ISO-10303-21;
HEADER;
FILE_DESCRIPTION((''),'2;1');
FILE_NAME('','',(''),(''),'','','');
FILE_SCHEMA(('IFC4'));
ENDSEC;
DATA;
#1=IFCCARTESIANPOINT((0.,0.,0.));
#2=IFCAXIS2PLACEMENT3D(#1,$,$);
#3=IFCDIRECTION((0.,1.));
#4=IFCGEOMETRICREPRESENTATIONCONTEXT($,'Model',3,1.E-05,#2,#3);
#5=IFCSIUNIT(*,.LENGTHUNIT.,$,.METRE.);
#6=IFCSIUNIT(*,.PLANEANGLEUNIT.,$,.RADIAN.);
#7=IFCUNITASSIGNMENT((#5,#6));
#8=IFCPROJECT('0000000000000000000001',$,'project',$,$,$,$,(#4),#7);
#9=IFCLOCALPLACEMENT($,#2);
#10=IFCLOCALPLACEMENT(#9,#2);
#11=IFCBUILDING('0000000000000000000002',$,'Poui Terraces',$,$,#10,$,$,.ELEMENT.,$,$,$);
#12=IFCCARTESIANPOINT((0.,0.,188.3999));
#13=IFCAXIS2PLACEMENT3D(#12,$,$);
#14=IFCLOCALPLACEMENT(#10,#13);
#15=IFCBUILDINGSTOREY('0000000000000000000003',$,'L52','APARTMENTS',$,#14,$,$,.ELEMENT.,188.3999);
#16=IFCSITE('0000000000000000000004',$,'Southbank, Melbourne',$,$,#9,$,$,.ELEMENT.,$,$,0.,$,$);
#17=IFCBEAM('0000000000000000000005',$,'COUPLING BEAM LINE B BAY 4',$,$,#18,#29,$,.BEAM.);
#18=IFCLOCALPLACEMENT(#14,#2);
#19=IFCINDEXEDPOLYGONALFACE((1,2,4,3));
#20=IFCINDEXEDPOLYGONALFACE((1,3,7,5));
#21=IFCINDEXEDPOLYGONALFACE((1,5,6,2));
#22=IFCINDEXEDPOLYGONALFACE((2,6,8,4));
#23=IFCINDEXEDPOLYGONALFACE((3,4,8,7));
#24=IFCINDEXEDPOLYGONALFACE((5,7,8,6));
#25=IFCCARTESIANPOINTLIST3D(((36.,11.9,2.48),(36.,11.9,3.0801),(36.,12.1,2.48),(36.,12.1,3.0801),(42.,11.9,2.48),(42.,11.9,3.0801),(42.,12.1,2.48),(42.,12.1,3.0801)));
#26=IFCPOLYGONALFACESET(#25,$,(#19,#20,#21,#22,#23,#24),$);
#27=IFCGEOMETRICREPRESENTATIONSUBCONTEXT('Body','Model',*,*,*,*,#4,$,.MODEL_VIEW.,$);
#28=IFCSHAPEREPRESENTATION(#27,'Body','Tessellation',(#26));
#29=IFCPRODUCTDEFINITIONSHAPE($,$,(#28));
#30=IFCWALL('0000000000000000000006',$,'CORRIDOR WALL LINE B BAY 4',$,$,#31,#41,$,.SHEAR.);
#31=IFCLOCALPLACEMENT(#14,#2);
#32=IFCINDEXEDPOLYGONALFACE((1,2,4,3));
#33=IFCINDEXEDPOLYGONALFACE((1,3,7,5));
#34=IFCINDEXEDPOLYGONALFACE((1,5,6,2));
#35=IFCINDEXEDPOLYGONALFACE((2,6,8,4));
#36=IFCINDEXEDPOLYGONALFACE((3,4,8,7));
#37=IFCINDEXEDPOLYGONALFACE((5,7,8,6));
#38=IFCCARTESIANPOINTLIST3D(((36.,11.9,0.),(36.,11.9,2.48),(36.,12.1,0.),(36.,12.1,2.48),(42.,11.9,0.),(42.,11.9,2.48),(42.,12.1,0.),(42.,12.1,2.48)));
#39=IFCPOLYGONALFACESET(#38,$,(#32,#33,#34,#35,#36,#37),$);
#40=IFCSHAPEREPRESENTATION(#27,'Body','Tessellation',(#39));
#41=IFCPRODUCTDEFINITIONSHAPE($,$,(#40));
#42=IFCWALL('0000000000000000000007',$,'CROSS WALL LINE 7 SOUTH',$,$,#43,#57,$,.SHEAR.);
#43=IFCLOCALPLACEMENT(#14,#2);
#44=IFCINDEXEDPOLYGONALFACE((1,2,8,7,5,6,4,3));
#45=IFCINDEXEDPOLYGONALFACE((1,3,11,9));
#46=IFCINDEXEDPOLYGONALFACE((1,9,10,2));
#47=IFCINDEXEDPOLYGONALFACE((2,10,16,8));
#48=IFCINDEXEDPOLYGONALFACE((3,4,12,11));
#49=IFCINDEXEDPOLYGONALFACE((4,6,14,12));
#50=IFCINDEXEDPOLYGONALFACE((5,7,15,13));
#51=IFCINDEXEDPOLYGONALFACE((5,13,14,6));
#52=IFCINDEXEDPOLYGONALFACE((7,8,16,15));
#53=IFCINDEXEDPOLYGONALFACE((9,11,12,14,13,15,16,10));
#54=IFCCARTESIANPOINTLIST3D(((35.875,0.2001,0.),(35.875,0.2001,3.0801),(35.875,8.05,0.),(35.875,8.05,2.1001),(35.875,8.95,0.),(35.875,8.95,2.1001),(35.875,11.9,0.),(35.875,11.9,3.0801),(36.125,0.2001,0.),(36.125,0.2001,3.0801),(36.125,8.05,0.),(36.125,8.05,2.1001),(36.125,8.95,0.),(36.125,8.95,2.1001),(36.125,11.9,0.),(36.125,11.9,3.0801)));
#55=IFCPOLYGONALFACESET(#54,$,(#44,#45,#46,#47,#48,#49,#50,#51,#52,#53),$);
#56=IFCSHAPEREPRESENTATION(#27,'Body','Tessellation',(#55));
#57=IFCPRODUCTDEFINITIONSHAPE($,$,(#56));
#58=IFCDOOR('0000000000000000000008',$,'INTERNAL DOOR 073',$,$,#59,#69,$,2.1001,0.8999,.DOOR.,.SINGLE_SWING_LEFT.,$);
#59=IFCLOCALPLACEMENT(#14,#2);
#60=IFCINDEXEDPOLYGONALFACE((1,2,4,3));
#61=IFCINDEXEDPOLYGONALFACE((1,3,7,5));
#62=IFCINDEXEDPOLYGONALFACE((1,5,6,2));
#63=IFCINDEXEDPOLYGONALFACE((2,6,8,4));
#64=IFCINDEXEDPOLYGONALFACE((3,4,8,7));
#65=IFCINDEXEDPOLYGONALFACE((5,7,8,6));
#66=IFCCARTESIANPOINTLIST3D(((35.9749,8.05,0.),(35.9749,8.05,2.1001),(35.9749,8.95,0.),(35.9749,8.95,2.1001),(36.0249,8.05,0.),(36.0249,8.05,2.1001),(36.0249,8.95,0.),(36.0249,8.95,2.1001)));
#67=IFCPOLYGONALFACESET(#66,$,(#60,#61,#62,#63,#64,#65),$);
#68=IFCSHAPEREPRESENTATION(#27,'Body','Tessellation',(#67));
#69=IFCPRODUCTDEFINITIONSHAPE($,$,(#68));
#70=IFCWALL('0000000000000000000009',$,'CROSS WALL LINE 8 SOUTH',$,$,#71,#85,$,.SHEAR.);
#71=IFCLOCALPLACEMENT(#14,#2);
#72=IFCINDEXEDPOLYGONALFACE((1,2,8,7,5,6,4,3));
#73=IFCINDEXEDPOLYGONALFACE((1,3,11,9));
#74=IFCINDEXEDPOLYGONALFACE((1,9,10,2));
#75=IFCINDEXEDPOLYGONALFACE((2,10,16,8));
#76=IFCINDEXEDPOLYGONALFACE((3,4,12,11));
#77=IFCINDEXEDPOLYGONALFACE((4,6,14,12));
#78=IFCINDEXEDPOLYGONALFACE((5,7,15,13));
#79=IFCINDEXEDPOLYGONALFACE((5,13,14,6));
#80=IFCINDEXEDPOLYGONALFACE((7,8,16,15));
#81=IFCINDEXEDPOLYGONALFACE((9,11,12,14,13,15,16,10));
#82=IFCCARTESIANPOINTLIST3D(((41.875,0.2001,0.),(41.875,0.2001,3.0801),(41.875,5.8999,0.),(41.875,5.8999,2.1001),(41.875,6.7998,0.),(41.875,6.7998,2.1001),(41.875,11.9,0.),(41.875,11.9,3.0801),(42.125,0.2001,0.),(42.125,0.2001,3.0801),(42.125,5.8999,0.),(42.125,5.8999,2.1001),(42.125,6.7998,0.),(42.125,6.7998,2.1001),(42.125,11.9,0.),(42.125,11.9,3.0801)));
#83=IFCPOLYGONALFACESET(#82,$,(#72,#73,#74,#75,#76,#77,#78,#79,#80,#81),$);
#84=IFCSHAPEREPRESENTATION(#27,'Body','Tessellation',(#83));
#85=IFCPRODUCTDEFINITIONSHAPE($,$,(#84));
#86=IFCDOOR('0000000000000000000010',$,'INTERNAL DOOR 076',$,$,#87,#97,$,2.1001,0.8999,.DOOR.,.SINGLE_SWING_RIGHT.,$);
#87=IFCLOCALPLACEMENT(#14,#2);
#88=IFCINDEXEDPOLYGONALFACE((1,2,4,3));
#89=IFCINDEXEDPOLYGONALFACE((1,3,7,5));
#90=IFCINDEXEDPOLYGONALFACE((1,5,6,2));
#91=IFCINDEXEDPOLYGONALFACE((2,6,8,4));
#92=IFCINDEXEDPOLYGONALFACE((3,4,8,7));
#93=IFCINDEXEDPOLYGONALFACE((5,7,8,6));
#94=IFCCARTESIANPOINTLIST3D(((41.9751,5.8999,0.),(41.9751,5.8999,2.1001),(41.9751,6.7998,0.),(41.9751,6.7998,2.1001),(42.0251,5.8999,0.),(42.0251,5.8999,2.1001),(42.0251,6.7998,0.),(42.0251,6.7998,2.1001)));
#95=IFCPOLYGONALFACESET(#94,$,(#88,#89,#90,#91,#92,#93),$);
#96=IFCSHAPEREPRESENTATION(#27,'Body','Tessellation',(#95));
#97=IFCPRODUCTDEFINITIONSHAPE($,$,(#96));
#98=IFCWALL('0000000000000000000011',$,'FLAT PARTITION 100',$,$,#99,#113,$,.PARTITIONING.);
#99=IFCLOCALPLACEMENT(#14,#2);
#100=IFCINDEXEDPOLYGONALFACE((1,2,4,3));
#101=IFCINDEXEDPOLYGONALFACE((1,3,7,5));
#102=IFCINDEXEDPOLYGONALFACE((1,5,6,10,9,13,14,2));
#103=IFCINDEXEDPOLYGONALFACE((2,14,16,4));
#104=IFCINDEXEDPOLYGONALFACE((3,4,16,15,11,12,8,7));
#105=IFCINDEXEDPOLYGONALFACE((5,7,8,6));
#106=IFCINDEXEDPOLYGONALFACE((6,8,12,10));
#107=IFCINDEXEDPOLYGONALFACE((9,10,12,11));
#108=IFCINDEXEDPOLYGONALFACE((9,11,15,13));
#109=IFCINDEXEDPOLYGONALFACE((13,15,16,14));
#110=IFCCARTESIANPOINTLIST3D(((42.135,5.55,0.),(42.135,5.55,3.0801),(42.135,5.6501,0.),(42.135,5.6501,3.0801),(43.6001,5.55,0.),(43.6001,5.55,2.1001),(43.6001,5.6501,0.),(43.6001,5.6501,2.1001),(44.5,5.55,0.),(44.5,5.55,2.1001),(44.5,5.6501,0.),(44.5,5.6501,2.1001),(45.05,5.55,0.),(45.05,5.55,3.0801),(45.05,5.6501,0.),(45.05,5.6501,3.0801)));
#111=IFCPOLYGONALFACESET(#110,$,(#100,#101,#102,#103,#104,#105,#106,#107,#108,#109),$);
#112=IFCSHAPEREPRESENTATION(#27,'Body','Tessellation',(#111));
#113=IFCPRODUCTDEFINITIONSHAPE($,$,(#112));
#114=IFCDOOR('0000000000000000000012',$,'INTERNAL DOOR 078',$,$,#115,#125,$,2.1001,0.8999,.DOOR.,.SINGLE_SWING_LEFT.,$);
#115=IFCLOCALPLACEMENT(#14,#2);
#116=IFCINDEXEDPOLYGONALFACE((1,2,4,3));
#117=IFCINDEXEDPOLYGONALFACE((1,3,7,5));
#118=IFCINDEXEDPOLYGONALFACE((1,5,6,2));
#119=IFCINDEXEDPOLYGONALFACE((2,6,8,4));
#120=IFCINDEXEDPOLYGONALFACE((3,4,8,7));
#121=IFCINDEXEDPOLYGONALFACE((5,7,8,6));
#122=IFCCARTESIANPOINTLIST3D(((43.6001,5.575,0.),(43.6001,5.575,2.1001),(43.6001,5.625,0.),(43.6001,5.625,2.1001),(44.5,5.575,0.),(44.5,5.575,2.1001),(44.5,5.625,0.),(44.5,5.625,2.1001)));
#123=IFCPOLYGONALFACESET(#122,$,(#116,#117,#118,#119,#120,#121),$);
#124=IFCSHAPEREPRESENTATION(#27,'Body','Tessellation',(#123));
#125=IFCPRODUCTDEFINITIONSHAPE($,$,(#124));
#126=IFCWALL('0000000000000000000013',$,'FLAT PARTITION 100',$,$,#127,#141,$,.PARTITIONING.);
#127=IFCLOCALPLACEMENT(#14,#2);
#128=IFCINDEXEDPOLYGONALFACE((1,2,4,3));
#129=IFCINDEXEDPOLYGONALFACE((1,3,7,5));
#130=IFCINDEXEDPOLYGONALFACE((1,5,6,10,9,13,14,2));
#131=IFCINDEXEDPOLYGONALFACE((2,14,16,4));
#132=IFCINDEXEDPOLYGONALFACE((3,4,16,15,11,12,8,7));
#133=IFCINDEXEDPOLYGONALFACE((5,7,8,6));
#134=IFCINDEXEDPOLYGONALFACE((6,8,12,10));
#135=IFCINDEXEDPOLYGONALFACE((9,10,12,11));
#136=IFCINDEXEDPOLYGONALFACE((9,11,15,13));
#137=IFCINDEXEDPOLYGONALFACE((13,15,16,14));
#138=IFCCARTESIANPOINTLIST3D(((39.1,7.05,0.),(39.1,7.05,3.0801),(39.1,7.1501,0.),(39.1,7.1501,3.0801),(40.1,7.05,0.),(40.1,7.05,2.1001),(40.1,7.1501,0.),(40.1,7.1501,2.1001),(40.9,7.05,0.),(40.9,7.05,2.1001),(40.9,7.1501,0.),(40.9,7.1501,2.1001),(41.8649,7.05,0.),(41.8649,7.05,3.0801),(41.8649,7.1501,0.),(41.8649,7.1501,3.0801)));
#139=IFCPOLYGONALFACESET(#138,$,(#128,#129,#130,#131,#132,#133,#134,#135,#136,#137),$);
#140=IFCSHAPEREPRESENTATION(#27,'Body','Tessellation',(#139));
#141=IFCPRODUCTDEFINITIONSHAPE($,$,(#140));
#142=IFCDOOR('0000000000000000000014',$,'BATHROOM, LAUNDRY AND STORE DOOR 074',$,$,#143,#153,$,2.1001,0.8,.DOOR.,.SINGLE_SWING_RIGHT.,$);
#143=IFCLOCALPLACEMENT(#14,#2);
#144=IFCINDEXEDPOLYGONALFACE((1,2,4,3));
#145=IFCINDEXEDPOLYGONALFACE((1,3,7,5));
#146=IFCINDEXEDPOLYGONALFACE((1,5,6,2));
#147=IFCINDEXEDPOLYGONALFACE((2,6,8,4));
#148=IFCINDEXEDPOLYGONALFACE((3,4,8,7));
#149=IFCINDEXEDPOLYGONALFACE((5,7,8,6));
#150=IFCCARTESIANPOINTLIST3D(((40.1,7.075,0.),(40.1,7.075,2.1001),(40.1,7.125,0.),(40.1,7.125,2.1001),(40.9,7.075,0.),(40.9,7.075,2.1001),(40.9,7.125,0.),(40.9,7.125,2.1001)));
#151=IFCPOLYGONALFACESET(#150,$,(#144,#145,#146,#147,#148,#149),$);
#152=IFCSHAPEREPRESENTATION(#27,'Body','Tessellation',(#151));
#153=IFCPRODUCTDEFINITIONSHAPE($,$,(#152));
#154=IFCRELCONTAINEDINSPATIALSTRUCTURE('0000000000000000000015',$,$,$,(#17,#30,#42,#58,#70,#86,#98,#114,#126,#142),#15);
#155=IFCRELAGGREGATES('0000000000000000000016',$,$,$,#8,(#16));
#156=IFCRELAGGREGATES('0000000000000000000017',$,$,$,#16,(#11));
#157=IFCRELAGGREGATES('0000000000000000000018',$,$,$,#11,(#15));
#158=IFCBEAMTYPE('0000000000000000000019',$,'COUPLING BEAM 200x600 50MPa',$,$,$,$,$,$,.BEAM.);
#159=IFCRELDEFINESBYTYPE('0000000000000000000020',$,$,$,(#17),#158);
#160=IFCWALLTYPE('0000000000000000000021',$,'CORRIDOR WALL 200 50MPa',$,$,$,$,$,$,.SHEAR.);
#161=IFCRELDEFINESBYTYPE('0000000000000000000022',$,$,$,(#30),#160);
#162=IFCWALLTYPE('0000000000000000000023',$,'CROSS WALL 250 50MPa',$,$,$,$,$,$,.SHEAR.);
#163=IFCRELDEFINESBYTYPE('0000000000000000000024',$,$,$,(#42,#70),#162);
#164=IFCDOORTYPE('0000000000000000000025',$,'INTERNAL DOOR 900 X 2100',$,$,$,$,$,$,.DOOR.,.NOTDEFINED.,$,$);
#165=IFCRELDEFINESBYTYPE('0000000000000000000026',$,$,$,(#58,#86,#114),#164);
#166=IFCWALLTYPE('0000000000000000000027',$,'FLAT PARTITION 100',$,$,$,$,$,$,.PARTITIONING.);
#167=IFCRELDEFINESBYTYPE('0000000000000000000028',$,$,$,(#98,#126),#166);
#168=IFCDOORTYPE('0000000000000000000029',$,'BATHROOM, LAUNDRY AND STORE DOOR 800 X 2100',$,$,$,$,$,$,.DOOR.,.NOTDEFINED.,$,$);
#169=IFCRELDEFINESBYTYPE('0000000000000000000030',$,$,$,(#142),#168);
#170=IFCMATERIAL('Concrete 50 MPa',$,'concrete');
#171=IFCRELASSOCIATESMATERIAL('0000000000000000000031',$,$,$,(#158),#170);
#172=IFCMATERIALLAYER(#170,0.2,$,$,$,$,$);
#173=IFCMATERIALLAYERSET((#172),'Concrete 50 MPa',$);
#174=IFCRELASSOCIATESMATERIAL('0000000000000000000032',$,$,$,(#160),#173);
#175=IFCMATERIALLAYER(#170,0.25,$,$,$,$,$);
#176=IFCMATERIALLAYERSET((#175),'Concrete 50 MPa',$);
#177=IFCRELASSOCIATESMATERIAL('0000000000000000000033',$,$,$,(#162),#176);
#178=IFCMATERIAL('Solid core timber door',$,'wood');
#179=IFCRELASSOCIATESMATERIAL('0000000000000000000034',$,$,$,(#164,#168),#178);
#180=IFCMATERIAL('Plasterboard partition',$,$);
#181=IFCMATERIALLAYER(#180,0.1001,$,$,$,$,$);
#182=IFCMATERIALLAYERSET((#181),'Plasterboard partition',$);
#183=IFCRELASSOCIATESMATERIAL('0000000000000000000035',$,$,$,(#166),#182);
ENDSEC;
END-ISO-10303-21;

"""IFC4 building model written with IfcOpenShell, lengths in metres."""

from ifc_helpers import new_model, si_unit, direction, frame, frame_2d, origin, origin_2d, place, context, subcontext, project, spatial, rectangle, extrude, source, transform, mapped, material, layer, layer_set, material_profile, profile_set, type_object, element, fill, save


model = new_model("IFC4")

# Units and contexts
model_context = context("Model", 3, precision=1e-05, world=origin(), true_north=direction((0.0, 1.0)))
body_context = subcontext(model_context, "Body", "Model", "MODEL_VIEW")
ifc_project = project(units=[si_unit("LENGTHUNIT", "METRE"), si_unit("PLANEANGLEUNIT", "RADIAN")], contexts=[model_context])

# Site, building, storey
site_placement = place(None, origin())
site = spatial("IfcSite", under=ifc_project, at=site_placement, Name="Southbank, Melbourne", CompositionType="ELEMENT", RefElevation=0.0)
building_placement = place(site_placement, origin())
building = spatial("IfcBuilding", under=site, at=building_placement, Name="Poui Terraces", CompositionType="ELEMENT")
storey_placement = place(building_placement, frame((0.0, 0.0, 188.3999)))
storey = spatial("IfcBuildingStorey", under=building, at=storey_placement, Name="L52", Description="APARTMENTS", CompositionType="ELEMENT", Elevation=188.3999)

# Beam
ifc_material_1 = material(Name="Concrete 50 MPa", Category="concrete")
ifc_material_profile = material_profile(ifc_material_1, rectangle(XDim=0.2, YDim=0.6001, at=origin_2d()), Name="RC 200x600")
ifc_profile_set = profile_set([ifc_material_profile], Name="Concrete 50 MPa")
beam_type = type_object("IfcBeamType", Name="COUPLING BEAM 200x600 50MPa", PredefinedType="BEAM", material=ifc_profile_set)
shared_shape = source(origin(), body_context, "Body", "SweptSolid", [
    extrude(rectangle(XDim=0.2, YDim=0.6001, at=origin_2d()), origin(), (0.0, 0.0, 1.0), 6.0),
])
beam_placement = place(storey_placement, frame((36.0, 12.0, 2.78), z_axis=(1.0, 0.0, 0.0), x_axis=(0.0, 1.0, 0.0)))
element("IfcBeam", 1, at=beam_placement, inside=storey, type_object=beam_type, Name="COUPLING BEAM LINE B BAY 4", PredefinedType="BEAM", context=body_context, shape_type="MappedRepresentation", body=[
    mapped(shared_shape, transform((0.0, 0.0, 0.0))),
])

# Wall
ifc_layer_1 = layer(ifc_material_1, 0.2)
ifc_layer_set_1 = layer_set([ifc_layer_1], Name="Concrete 50 MPa")
wall_type_1 = type_object("IfcWallType", Name="CORRIDOR WALL 200 50MPa", PredefinedType="SHEAR", material=ifc_layer_set_1)
wall_1_placement = place(storey_placement, frame((36.0, 12.0, 0.0), z_axis=(0.0, 0.0, 1.0), x_axis=(1.0, 0.0, 0.0)))
element("IfcWall", 2, at=wall_1_placement, inside=storey, type_object=wall_type_1, Name="CORRIDOR WALL LINE B BAY 4", PredefinedType="SHEAR", context=body_context, shape_type="SweptSolid", body=[
    extrude(rectangle(XDim=6.0, YDim=0.2, at=frame_2d((3.0, 0.0))), origin(), (0.0, 0.0, 1.0), 2.48),
])

# Walls, openings, doors
ifc_layer_2 = layer(ifc_material_1, 0.25)
ifc_layer_set_2 = layer_set([ifc_layer_2], Name="Concrete 50 MPa")
wall_type_2 = type_object("IfcWallType", Name="CROSS WALL 250 50MPa", PredefinedType="SHEAR", material=ifc_layer_set_2)
wall_2_placement = place(storey_placement, frame((36.0, 0.2, 0.0), z_axis=(0.0, 0.0, 1.0), x_axis=(0.0, 1.0, 0.0)))
wall_2 = element("IfcWall", 3, at=wall_2_placement, inside=storey, type_object=wall_type_2, Name="CROSS WALL LINE 7 SOUTH", PredefinedType="SHEAR", context=body_context, shape_type="SweptSolid", body=[
    extrude(rectangle(XDim=11.7, YDim=0.25, at=frame_2d((5.8501, 0.0))), origin(), (0.0, 0.0, 1.0), 3.0801),
])
opening_1_placement = place(wall_2_placement, frame((7.8501, 0.0, 0.0)))
opening_1 = element("IfcOpeningElement", 4, at=opening_1_placement, cuts=wall_2, PredefinedType="OPENING", context=body_context, shape_type="SweptSolid", body=[
    extrude(rectangle(XDim=0.8999, YDim=2.1001, at=frame_2d((0.45, 1.05))), frame((0.0, 0.135, 0.0), z_axis=(0.0, -1.0, 0.0), x_axis=(1.0, 0.0, 0.0)), (0.0, 0.0, 1.0), 0.27),
])
ifc_material_2 = material(Name="Solid core timber door", Category="wood")
door_type_1 = type_object("IfcDoorType", Name="INTERNAL DOOR 900 X 2100", OperationType="NOTDEFINED", PredefinedType="DOOR", material=ifc_material_2)
door_1_placement = place(opening_1_placement, frame((0.8999, 0.0, 0.0), z_axis=(0.0, 0.0, 1.0), x_axis=(-1.0, 0.0, 0.0)))
door_1 = element("IfcDoor", 5, at=door_1_placement, inside=storey, type_object=door_type_1, Name="INTERNAL DOOR 073", OperationType="SINGLE_SWING_LEFT", OverallHeight=2.1001, OverallWidth=0.8999, PredefinedType="DOOR", context=body_context, shape_type="SweptSolid", body=[
    extrude(rectangle(XDim=0.8999, YDim=2.1001, at=frame_2d((0.45, 1.05))), frame((0.0, 0.0249, 0.0), z_axis=(0.0, -1.0, 0.0), x_axis=(1.0, 0.0, 0.0)), (0.0, 0.0, 1.0), 0.05),
])
fill(opening_1, door_1)
wall_3_placement = place(storey_placement, frame((42.0, 0.2, 0.0), z_axis=(0.0, 0.0, 1.0), x_axis=(0.0, 1.0, 0.0)))
wall_3 = element("IfcWall", 6, at=wall_3_placement, inside=storey, type_object=wall_type_2, Name="CROSS WALL LINE 8 SOUTH", PredefinedType="SHEAR", context=body_context, shape_type="SweptSolid", body=[
    extrude(rectangle(XDim=11.7, YDim=0.25, at=frame_2d((5.8501, 0.0))), origin(), (0.0, 0.0, 1.0), 3.0801),
])
opening_2_placement = place(wall_3_placement, frame((5.7, 0.0, 0.0)))
opening_2 = element("IfcOpeningElement", 7, at=opening_2_placement, cuts=wall_3, PredefinedType="OPENING", context=body_context, shape_type="SweptSolid", body=[
    extrude(rectangle(XDim=0.8999, YDim=2.1001, at=frame_2d((0.45, 1.05))), frame((0.0, 0.135, 0.0), z_axis=(0.0, -1.0, 0.0), x_axis=(1.0, 0.0, 0.0)), (0.0, 0.0, 1.0), 0.27),
])
door_2_placement = place(opening_2_placement, origin())
door_2 = element("IfcDoor", 8, at=door_2_placement, inside=storey, type_object=door_type_1, Name="INTERNAL DOOR 076", OperationType="SINGLE_SWING_RIGHT", OverallHeight=2.1001, OverallWidth=0.8999, PredefinedType="DOOR", context=body_context, shape_type="SweptSolid", body=[
    extrude(rectangle(XDim=0.8999, YDim=2.1001, at=frame_2d((0.45, 1.05))), frame((0.0, 0.0249, 0.0), z_axis=(0.0, -1.0, 0.0), x_axis=(1.0, 0.0, 0.0)), (0.0, 0.0, 1.0), 0.05),
])
fill(opening_2, door_2)
ifc_material_3 = material(Name="Plasterboard partition")
ifc_layer_3 = layer(ifc_material_3, 0.1001)
ifc_layer_set_3 = layer_set([ifc_layer_3], Name="Plasterboard partition")
wall_type_3 = type_object("IfcWallType", Name="FLAT PARTITION 100", PredefinedType="PARTITIONING", material=ifc_layer_set_3)
wall_4_placement = place(storey_placement, frame((42.135, 5.6001, 0.0), z_axis=(0.0, 0.0, 1.0), x_axis=(1.0, 0.0, 0.0)))
wall_4 = element("IfcWall", 9, at=wall_4_placement, inside=storey, type_object=wall_type_3, Name="FLAT PARTITION 100", PredefinedType="PARTITIONING", context=body_context, shape_type="SweptSolid", body=[
    extrude(rectangle(XDim=2.915, YDim=0.1001, at=frame_2d((1.4575, 0.0))), origin(), (0.0, 0.0, 1.0), 3.0801),
])
opening_3_placement = place(wall_4_placement, frame((1.4651, 0.0, 0.0)))
opening_3 = element("IfcOpeningElement", 10, at=opening_3_placement, cuts=wall_4, PredefinedType="OPENING", context=body_context, shape_type="SweptSolid", body=[
    extrude(rectangle(XDim=0.8999, YDim=2.1001, at=frame_2d((0.45, 1.05))), frame((0.0, 0.0601, 0.0), z_axis=(0.0, -1.0, 0.0), x_axis=(1.0, 0.0, 0.0)), (0.0, 0.0, 1.0), 0.1201),
])
door_3_placement = place(opening_3_placement, origin())
door_3 = element("IfcDoor", 11, at=door_3_placement, inside=storey, type_object=door_type_1, Name="INTERNAL DOOR 078", OperationType="SINGLE_SWING_LEFT", OverallHeight=2.1001, OverallWidth=0.8999, PredefinedType="DOOR", context=body_context, shape_type="SweptSolid", body=[
    extrude(rectangle(XDim=0.8999, YDim=2.1001, at=frame_2d((0.45, 1.05))), frame((0.0, 0.0249, 0.0), z_axis=(0.0, -1.0, 0.0), x_axis=(1.0, 0.0, 0.0)), (0.0, 0.0, 1.0), 0.05),
])
fill(opening_3, door_3)
wall_5_placement = place(storey_placement, frame((39.1001, 7.1001, 0.0), z_axis=(0.0, 0.0, 1.0), x_axis=(1.0, 0.0, 0.0)))
wall_5 = element("IfcWall", 12, at=wall_5_placement, inside=storey, type_object=wall_type_3, Name="FLAT PARTITION 100", PredefinedType="PARTITIONING", context=body_context, shape_type="SweptSolid", body=[
    extrude(rectangle(XDim=2.7649, YDim=0.1001, at=frame_2d((1.3823, 0.0))), origin(), (0.0, 0.0, 1.0), 3.0801),
])
opening_4_placement = place(wall_5_placement, frame((1.0, 0.0, 0.0)))
opening_4 = element("IfcOpeningElement", 13, at=opening_4_placement, cuts=wall_5, PredefinedType="OPENING", context=body_context, shape_type="SweptSolid", body=[
    extrude(rectangle(XDim=0.8, YDim=2.1001, at=frame_2d((0.3999, 1.05))), frame((0.0, 0.0601, 0.0), z_axis=(0.0, -1.0, 0.0), x_axis=(1.0, 0.0, 0.0)), (0.0, 0.0, 1.0), 0.1201),
])
door_type_2 = type_object("IfcDoorType", Name="BATHROOM, LAUNDRY AND STORE DOOR 800 X 2100", OperationType="NOTDEFINED", PredefinedType="DOOR", material=ifc_material_2)
door_4_placement = place(opening_4_placement, origin())
door_4 = element("IfcDoor", 14, at=door_4_placement, inside=storey, type_object=door_type_2, Name="BATHROOM, LAUNDRY AND STORE DOOR 074", OperationType="SINGLE_SWING_RIGHT", OverallHeight=2.1001, OverallWidth=0.8, PredefinedType="DOOR", context=body_context, shape_type="SweptSolid", body=[
    extrude(rectangle(XDim=0.8, YDim=2.1001, at=frame_2d((0.3999, 1.05))), frame((0.0, 0.0249, 0.0), z_axis=(0.0, -1.0, 0.0), x_axis=(1.0, 0.0, 0.0)), (0.0, 0.0, 1.0), 0.05),
])
fill(opening_4, door_4)

save(model, "model.ifc")
